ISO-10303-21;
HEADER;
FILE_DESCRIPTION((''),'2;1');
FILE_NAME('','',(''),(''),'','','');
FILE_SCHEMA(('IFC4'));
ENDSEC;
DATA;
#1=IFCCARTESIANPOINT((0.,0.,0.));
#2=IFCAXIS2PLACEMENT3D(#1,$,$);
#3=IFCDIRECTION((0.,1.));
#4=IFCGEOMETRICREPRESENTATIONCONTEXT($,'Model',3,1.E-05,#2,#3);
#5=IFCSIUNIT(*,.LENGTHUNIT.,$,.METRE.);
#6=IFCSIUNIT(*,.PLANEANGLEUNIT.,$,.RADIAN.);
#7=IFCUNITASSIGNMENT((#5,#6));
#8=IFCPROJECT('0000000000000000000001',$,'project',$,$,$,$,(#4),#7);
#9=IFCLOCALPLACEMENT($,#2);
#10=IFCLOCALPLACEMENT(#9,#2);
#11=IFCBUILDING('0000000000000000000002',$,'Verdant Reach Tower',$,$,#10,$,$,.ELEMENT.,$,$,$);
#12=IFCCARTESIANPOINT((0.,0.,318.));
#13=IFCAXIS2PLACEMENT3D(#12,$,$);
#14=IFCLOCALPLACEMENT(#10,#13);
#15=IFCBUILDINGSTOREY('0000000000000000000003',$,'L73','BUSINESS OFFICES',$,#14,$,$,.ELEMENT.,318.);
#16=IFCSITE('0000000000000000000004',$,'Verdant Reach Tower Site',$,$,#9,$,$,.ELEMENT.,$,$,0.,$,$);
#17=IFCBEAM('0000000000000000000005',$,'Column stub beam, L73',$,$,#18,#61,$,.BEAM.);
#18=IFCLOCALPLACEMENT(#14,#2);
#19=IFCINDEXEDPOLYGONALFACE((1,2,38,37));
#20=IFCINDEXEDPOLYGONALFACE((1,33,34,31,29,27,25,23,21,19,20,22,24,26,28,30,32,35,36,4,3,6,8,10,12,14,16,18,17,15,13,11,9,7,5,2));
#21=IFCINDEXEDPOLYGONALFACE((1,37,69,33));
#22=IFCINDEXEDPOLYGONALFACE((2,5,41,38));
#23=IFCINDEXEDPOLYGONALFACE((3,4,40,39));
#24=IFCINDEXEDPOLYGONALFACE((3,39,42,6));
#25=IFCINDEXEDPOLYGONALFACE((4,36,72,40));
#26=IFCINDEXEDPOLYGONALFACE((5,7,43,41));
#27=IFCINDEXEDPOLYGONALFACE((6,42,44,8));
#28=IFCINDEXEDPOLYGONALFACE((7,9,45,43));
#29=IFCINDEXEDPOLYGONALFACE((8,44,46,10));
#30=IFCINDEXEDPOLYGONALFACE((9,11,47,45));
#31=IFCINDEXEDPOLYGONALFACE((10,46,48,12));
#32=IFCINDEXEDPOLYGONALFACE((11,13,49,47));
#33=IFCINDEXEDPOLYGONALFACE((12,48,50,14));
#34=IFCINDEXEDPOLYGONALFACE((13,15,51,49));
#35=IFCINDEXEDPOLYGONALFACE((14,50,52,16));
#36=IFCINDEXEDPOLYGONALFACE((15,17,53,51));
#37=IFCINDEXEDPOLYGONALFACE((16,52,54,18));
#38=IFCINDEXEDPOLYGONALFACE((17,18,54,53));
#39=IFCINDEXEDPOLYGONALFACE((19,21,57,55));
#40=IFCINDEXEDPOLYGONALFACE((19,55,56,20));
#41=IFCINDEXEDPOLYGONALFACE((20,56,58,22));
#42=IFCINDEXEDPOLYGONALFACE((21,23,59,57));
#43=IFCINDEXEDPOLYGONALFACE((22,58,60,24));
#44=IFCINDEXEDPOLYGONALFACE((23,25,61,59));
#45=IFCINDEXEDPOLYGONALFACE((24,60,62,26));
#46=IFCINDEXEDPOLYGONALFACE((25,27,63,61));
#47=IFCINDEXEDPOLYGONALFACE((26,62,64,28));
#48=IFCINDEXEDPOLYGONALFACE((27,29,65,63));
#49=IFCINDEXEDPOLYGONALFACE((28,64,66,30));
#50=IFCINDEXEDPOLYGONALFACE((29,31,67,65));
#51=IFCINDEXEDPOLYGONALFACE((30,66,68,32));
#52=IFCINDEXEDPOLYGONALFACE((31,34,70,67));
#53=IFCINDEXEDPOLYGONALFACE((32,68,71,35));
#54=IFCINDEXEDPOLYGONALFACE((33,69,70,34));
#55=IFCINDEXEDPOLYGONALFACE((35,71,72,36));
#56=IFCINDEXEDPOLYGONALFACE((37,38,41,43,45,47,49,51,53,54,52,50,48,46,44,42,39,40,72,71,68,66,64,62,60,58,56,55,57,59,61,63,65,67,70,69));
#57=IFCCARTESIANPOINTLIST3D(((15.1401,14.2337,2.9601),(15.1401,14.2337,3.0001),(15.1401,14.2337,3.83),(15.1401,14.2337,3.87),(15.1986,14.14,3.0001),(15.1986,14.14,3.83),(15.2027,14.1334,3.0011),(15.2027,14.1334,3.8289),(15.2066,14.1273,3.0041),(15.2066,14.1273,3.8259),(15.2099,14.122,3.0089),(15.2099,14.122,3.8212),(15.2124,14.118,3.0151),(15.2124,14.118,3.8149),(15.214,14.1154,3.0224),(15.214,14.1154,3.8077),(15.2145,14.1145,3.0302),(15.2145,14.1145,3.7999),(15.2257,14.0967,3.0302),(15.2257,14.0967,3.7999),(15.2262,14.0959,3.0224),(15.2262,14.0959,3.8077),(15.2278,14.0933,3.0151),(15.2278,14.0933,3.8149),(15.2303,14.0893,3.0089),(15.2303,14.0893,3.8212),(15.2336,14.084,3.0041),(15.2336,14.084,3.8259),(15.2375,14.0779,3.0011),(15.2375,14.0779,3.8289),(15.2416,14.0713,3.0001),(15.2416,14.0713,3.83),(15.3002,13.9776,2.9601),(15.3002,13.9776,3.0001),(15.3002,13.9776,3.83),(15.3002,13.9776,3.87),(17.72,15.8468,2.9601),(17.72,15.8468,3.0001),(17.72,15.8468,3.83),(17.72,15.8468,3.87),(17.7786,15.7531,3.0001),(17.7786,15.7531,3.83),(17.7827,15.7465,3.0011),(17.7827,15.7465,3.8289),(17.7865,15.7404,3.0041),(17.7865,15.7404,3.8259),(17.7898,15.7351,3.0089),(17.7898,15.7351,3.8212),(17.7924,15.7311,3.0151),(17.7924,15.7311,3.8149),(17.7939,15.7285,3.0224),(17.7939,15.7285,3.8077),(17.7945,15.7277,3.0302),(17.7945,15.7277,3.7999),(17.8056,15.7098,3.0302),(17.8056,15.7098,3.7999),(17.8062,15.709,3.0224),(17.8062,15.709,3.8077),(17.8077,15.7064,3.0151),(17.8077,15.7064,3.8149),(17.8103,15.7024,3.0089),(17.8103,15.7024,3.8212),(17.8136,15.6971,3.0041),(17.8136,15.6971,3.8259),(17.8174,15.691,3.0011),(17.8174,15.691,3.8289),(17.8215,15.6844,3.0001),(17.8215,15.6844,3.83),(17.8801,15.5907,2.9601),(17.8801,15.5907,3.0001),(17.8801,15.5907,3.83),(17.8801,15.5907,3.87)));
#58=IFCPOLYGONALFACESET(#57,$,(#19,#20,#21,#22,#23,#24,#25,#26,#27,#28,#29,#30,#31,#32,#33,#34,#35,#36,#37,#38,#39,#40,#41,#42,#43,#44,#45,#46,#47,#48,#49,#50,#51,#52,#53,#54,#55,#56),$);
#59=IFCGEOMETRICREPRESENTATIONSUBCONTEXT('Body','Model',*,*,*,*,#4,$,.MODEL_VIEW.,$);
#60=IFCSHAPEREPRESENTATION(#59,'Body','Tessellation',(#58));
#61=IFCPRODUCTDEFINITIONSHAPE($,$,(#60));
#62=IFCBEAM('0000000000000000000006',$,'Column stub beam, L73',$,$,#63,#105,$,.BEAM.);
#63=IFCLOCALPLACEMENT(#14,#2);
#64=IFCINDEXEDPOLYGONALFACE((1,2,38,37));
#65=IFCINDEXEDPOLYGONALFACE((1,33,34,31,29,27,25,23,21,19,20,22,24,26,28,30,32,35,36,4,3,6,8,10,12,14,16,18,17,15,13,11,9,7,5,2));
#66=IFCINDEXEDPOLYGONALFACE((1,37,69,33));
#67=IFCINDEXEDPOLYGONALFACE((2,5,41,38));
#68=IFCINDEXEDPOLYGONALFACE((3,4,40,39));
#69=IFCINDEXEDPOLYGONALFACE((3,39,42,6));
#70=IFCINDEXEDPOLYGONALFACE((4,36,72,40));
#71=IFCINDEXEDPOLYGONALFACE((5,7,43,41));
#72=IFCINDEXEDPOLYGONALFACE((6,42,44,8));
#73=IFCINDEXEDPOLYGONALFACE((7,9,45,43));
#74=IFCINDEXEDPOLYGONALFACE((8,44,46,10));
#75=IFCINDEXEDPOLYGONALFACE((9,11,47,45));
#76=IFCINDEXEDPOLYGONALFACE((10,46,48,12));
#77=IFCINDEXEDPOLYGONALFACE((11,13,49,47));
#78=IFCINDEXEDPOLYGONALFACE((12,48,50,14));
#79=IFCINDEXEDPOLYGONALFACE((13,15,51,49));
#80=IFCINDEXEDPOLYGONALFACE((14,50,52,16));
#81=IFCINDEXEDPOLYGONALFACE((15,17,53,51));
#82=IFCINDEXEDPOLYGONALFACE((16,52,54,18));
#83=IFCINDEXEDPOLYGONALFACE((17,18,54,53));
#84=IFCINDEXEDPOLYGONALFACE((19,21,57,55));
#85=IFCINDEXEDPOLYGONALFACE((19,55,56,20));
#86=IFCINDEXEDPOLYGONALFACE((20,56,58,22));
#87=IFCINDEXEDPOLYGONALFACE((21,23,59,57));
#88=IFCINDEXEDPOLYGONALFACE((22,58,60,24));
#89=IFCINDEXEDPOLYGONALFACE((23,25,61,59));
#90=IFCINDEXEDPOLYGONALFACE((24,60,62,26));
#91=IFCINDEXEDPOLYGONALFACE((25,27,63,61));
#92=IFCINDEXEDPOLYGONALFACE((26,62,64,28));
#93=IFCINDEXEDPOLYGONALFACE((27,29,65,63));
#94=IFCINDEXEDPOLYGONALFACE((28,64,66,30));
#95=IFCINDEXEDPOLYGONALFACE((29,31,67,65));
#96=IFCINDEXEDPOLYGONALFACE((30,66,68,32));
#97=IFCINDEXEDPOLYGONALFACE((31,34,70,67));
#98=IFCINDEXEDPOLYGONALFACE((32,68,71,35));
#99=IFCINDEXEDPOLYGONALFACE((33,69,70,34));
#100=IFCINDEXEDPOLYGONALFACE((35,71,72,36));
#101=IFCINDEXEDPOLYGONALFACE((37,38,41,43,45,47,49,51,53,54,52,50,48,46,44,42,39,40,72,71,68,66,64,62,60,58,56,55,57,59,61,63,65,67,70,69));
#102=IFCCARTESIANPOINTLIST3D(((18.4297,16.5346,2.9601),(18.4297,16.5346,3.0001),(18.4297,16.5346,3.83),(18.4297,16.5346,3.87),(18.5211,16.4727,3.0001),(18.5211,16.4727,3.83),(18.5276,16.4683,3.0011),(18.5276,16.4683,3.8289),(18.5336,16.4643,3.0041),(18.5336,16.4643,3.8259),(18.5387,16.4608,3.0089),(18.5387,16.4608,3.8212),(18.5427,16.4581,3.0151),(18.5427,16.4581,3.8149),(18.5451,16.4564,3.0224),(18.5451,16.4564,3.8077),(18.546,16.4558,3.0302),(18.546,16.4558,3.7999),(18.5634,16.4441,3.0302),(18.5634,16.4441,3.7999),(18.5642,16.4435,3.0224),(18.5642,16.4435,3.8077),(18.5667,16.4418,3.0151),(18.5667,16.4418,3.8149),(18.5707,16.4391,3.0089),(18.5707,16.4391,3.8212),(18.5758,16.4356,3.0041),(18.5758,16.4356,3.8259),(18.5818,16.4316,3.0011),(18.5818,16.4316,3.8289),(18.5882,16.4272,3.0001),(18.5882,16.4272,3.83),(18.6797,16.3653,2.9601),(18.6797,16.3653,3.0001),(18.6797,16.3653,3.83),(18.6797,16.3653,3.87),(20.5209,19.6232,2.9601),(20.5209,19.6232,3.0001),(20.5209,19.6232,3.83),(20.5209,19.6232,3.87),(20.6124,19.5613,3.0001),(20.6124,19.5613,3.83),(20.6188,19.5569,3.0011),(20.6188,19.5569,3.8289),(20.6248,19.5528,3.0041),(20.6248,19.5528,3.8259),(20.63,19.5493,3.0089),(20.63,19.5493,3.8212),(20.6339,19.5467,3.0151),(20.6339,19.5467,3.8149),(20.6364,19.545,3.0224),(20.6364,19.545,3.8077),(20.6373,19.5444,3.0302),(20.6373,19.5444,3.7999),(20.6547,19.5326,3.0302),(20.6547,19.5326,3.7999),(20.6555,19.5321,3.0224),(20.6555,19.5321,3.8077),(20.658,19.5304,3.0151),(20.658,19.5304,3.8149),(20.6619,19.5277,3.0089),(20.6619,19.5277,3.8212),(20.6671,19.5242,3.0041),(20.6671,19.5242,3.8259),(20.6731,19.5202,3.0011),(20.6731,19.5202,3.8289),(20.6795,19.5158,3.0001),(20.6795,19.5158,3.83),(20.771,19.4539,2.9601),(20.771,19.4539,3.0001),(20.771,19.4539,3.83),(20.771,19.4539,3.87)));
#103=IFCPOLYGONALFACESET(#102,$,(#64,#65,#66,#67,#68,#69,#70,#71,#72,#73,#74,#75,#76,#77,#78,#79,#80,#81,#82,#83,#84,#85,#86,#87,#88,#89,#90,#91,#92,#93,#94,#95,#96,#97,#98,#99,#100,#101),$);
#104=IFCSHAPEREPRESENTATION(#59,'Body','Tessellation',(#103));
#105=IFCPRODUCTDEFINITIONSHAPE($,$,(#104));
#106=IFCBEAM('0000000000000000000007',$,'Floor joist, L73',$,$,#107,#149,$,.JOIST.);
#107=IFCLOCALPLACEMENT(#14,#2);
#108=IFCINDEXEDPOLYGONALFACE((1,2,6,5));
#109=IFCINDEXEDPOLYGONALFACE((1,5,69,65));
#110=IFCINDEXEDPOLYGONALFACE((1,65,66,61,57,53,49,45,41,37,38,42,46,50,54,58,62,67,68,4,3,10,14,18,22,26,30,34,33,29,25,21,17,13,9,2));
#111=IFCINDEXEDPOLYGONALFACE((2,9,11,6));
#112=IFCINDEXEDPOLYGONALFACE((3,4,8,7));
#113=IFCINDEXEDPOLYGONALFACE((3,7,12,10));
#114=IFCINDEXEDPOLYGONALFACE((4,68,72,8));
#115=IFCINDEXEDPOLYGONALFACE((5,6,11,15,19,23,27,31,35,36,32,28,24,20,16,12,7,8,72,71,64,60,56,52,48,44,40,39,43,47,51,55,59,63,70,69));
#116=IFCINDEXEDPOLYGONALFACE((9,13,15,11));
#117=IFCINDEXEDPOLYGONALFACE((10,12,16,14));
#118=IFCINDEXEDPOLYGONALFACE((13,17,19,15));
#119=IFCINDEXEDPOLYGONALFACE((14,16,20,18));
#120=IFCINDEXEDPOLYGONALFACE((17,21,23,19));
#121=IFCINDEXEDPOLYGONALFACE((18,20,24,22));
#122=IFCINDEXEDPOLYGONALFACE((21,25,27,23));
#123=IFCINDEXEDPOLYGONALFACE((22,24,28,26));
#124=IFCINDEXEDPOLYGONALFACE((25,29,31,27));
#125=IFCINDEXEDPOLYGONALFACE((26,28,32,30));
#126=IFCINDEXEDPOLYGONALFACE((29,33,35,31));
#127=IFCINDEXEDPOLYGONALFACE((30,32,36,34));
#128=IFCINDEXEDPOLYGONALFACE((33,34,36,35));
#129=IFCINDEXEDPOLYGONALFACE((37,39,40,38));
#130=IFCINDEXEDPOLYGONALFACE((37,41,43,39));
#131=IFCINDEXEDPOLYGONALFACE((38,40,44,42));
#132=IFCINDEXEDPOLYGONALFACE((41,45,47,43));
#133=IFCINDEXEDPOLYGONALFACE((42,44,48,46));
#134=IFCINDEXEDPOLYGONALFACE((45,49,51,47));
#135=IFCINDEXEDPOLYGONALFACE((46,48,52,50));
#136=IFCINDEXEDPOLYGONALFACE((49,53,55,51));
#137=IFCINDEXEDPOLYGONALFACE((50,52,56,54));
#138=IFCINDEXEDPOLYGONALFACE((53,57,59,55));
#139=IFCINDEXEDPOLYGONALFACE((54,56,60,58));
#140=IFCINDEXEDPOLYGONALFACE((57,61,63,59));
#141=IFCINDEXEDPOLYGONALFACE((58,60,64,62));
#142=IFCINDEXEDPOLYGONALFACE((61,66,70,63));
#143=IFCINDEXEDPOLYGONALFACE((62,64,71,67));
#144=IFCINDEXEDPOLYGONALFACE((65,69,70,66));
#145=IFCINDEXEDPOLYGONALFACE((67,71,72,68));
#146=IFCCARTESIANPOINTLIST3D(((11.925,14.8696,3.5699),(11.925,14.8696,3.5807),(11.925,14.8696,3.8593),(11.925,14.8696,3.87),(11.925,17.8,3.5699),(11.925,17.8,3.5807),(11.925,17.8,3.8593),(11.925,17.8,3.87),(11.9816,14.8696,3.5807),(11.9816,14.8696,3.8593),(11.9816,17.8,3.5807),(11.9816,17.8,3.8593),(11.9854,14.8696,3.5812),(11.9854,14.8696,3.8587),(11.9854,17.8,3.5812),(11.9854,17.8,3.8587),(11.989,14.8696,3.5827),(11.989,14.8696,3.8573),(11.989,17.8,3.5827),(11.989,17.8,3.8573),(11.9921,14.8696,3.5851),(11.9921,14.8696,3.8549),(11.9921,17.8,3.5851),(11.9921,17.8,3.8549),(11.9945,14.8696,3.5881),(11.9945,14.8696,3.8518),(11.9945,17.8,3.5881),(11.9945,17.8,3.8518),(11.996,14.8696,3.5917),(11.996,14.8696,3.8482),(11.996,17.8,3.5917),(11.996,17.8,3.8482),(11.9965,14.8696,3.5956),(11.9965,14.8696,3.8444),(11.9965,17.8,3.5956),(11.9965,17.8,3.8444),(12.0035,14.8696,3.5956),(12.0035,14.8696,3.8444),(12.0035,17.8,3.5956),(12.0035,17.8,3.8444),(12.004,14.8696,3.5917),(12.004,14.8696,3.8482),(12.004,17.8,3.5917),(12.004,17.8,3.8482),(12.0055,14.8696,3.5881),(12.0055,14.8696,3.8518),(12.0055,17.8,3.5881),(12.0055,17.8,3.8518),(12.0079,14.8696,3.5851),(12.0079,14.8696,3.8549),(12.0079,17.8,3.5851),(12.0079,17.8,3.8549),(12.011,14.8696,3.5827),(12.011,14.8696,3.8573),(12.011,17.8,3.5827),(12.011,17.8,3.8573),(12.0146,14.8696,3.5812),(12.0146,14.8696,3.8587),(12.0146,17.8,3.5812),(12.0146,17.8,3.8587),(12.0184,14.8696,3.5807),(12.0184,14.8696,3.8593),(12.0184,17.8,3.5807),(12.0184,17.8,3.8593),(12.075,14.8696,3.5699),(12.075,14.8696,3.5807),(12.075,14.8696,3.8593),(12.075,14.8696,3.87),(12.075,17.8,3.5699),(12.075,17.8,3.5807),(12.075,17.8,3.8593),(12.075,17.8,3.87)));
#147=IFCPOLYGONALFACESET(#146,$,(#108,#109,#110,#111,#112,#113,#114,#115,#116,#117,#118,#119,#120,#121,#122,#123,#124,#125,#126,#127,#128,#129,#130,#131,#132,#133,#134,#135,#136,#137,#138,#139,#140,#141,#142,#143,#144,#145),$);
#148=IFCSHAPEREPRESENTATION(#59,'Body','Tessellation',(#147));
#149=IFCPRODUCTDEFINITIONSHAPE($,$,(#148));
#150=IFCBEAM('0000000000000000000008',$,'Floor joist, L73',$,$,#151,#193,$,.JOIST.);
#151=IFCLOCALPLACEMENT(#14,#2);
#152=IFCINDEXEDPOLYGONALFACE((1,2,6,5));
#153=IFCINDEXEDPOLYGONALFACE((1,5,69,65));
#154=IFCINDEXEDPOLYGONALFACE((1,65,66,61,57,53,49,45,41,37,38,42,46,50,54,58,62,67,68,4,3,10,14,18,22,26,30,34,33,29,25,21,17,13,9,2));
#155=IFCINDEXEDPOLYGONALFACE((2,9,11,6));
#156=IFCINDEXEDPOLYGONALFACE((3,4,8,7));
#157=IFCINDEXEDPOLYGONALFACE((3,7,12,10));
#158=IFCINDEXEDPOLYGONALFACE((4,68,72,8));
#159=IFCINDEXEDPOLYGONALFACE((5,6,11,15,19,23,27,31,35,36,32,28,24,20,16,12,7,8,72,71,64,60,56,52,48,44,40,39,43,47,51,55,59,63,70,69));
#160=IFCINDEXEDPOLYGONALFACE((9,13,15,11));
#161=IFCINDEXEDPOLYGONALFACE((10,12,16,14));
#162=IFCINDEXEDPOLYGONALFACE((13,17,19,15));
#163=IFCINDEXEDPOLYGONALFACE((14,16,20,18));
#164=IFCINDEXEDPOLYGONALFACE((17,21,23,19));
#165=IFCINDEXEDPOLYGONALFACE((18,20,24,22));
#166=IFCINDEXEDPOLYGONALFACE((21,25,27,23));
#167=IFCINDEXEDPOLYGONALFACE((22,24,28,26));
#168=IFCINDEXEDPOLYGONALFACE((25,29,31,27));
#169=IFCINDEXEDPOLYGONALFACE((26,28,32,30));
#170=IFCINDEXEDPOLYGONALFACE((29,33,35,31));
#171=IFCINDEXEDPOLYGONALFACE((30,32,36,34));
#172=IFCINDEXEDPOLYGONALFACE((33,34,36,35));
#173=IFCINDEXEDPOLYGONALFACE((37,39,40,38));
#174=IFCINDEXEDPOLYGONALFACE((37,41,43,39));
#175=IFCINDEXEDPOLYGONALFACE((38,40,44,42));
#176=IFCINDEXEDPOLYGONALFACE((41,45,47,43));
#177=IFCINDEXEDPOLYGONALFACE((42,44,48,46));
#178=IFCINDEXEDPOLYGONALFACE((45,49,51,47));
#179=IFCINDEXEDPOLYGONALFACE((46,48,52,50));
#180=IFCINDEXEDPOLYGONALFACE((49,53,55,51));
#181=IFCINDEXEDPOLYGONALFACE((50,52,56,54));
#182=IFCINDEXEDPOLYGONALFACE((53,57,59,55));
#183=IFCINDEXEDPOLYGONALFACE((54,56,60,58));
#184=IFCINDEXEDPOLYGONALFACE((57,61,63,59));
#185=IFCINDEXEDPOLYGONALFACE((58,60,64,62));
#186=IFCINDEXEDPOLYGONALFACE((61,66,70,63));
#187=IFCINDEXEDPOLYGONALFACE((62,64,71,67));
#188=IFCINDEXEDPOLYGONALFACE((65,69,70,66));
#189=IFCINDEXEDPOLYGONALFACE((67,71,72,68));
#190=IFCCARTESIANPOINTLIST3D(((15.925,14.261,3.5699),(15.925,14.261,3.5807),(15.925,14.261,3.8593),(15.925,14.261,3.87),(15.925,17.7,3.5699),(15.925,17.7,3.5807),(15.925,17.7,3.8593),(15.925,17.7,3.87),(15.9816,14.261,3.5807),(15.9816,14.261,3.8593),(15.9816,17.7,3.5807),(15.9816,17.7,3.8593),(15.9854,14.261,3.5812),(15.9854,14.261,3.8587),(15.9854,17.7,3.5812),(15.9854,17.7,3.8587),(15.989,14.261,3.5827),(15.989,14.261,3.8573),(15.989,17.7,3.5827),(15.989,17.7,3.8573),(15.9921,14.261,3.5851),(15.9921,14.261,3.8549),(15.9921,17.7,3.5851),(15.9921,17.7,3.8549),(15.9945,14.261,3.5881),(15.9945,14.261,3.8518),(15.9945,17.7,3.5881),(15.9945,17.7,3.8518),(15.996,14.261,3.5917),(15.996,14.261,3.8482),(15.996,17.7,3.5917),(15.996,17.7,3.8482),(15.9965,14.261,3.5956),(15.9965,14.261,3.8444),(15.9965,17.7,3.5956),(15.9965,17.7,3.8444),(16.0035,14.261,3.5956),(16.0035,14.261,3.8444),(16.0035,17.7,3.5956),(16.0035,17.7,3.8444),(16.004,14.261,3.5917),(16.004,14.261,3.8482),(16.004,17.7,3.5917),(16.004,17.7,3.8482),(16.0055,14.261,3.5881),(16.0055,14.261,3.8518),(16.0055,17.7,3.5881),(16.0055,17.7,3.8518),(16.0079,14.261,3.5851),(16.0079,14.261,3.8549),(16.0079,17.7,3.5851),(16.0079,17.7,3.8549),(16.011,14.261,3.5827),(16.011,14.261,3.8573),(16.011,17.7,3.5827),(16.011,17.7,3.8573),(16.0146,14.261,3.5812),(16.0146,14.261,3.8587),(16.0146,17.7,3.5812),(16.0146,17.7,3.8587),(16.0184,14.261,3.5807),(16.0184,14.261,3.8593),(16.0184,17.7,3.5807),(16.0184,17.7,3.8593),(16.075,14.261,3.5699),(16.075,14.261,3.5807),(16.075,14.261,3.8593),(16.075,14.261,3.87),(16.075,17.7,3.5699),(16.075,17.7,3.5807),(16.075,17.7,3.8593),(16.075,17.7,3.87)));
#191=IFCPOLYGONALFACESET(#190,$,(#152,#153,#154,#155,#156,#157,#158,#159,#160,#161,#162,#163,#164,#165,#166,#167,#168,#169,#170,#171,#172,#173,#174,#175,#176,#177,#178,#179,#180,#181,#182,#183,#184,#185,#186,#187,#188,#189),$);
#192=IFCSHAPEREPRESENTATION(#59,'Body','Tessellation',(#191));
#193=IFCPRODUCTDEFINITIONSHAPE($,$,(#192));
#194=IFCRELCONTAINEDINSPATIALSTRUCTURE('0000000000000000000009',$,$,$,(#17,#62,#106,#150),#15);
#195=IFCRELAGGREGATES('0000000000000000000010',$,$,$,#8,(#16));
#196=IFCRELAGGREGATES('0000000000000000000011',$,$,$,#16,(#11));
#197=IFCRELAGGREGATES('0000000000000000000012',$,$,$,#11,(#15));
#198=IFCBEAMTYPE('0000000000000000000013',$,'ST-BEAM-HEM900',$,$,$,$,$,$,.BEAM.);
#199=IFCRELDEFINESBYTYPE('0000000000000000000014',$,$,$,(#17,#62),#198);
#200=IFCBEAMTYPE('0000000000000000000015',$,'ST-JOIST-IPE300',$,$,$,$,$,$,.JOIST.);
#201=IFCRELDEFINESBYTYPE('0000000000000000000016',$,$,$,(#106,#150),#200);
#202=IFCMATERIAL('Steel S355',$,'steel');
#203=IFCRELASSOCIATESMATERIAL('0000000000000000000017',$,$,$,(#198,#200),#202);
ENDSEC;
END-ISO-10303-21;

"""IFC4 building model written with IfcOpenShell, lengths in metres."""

from ifc_helpers import new_model, si_unit, direction, frame, origin, origin_2d, place, context, subcontext, project, spatial, i_section, extrude, material, material_profile, profile_set, type_object, element, save


model = new_model("IFC4")

# Units and contexts
model_context = context("Model", 3, precision=1e-05, world=origin(), true_north=direction((0.0, 1.0)))
body_context = subcontext(model_context, "Body", "Model", "MODEL_VIEW")
ifc_project = project(units=[si_unit("LENGTHUNIT", "METRE"), si_unit("PLANEANGLEUNIT", "RADIAN")], contexts=[model_context])

# Site, building, storey
site_placement = place(None, origin())
site = spatial("IfcSite", under=ifc_project, at=site_placement, Name="Verdant Reach Tower Site", CompositionType="ELEMENT", RefElevation=0.0)
building_placement = place(site_placement, origin())
building = spatial("IfcBuilding", under=site, at=building_placement, Name="Verdant Reach Tower", CompositionType="ELEMENT")
storey_placement = place(building_placement, frame((0.0, 0.0, 318.0)))
storey = spatial("IfcBuildingStorey", under=building, at=storey_placement, Name="L73", Description="BUSINESS OFFICES", CompositionType="ELEMENT", Elevation=318.0)

# Beams
ifc_material_1 = material(Name="Steel S355", Category="steel")
ifc_material_profile_1 = material_profile(ifc_material_1, i_section(OverallWidth=0.302, OverallDepth=0.9099, WebThickness=0.021, FlangeThickness=0.04, FilletRadius=0.03, at=origin_2d()), Name="HEM 900")
ifc_profile_set_1 = profile_set([ifc_material_profile_1], Name="Steel S355")
beam_type_1 = type_object("IfcBeamType", Name="ST-BEAM-HEM900", PredefinedType="BEAM", material=ifc_profile_set_1)
beam_1_placement = place(storey_placement, frame((17.8, 15.7188, 3.415), z_axis=(-0.847904, -0.53015, 0.0), x_axis=(0.53015, -0.847904, 0.0)))
element("IfcBeam", 1, at=beam_1_placement, inside=storey, type_object=beam_type_1, Name="Column stub beam, L73", PredefinedType="BEAM", context=body_context, shape_type="SweptSolid", body=[
    extrude(i_section(OverallWidth=0.302, OverallDepth=0.9099, WebThickness=0.021, FlangeThickness=0.04, FilletRadius=0.03, at=origin_2d()), origin(), (0.0, 0.0, 1.0), 3.0427),
])
beam_2_placement = place(storey_placement, frame((18.5547, 16.45, 3.415), z_axis=(0.560667, 0.828041, 0.0), x_axis=(-0.828041, 0.560667, 0.0)))
element("IfcBeam", 2, at=beam_2_placement, inside=storey, type_object=beam_type_1, Name="Column stub beam, L73", PredefinedType="BEAM", context=body_context, shape_type="SweptSolid", body=[
    extrude(i_section(OverallWidth=0.302, OverallDepth=0.9099, WebThickness=0.021, FlangeThickness=0.04, FilletRadius=0.03, at=origin_2d()), origin(), (0.0, 0.0, 1.0), 3.73),
])
ifc_material_profile_2 = material_profile(ifc_material_1, i_section(OverallWidth=0.1499, OverallDepth=0.3, WebThickness=0.0071, FlangeThickness=0.0107, FilletRadius=0.0149, at=origin_2d()), Name="IPE 300")
ifc_profile_set_2 = profile_set([ifc_material_profile_2], Name="Steel S355")
beam_type_2 = type_object("IfcBeamType", Name="ST-JOIST-IPE300", PredefinedType="JOIST", material=ifc_profile_set_2)
beam_3_placement = place(storey_placement, frame((12.0, 17.8, 3.72), z_axis=(0.0, -1.0, 0.0), x_axis=(1.0, 0.0, 0.0)))
element("IfcBeam", 3, at=beam_3_placement, inside=storey, type_object=beam_type_2, Name="Floor joist, L73", PredefinedType="JOIST", context=body_context, shape_type="SweptSolid", body=[
    extrude(i_section(OverallWidth=0.1499, OverallDepth=0.3, WebThickness=0.0071, FlangeThickness=0.0107, FilletRadius=0.0149, at=origin_2d()), origin(), (0.0, 0.0, 1.0), 2.9304),
])
beam_4_placement = place(storey_placement, frame((16.0, 17.7, 3.72), z_axis=(0.0, -1.0, 0.0), x_axis=(1.0, 0.0, 0.0)))
element("IfcBeam", 4, at=beam_4_placement, inside=storey, type_object=beam_type_2, Name="Floor joist, L73", PredefinedType="JOIST", context=body_context, shape_type="SweptSolid", body=[
    extrude(i_section(OverallWidth=0.1499, OverallDepth=0.3, WebThickness=0.0071, FlangeThickness=0.0107, FilletRadius=0.0149, at=origin_2d()), origin(), (0.0, 0.0, 1.0), 3.439),
])

save(model, "model.ifc")
